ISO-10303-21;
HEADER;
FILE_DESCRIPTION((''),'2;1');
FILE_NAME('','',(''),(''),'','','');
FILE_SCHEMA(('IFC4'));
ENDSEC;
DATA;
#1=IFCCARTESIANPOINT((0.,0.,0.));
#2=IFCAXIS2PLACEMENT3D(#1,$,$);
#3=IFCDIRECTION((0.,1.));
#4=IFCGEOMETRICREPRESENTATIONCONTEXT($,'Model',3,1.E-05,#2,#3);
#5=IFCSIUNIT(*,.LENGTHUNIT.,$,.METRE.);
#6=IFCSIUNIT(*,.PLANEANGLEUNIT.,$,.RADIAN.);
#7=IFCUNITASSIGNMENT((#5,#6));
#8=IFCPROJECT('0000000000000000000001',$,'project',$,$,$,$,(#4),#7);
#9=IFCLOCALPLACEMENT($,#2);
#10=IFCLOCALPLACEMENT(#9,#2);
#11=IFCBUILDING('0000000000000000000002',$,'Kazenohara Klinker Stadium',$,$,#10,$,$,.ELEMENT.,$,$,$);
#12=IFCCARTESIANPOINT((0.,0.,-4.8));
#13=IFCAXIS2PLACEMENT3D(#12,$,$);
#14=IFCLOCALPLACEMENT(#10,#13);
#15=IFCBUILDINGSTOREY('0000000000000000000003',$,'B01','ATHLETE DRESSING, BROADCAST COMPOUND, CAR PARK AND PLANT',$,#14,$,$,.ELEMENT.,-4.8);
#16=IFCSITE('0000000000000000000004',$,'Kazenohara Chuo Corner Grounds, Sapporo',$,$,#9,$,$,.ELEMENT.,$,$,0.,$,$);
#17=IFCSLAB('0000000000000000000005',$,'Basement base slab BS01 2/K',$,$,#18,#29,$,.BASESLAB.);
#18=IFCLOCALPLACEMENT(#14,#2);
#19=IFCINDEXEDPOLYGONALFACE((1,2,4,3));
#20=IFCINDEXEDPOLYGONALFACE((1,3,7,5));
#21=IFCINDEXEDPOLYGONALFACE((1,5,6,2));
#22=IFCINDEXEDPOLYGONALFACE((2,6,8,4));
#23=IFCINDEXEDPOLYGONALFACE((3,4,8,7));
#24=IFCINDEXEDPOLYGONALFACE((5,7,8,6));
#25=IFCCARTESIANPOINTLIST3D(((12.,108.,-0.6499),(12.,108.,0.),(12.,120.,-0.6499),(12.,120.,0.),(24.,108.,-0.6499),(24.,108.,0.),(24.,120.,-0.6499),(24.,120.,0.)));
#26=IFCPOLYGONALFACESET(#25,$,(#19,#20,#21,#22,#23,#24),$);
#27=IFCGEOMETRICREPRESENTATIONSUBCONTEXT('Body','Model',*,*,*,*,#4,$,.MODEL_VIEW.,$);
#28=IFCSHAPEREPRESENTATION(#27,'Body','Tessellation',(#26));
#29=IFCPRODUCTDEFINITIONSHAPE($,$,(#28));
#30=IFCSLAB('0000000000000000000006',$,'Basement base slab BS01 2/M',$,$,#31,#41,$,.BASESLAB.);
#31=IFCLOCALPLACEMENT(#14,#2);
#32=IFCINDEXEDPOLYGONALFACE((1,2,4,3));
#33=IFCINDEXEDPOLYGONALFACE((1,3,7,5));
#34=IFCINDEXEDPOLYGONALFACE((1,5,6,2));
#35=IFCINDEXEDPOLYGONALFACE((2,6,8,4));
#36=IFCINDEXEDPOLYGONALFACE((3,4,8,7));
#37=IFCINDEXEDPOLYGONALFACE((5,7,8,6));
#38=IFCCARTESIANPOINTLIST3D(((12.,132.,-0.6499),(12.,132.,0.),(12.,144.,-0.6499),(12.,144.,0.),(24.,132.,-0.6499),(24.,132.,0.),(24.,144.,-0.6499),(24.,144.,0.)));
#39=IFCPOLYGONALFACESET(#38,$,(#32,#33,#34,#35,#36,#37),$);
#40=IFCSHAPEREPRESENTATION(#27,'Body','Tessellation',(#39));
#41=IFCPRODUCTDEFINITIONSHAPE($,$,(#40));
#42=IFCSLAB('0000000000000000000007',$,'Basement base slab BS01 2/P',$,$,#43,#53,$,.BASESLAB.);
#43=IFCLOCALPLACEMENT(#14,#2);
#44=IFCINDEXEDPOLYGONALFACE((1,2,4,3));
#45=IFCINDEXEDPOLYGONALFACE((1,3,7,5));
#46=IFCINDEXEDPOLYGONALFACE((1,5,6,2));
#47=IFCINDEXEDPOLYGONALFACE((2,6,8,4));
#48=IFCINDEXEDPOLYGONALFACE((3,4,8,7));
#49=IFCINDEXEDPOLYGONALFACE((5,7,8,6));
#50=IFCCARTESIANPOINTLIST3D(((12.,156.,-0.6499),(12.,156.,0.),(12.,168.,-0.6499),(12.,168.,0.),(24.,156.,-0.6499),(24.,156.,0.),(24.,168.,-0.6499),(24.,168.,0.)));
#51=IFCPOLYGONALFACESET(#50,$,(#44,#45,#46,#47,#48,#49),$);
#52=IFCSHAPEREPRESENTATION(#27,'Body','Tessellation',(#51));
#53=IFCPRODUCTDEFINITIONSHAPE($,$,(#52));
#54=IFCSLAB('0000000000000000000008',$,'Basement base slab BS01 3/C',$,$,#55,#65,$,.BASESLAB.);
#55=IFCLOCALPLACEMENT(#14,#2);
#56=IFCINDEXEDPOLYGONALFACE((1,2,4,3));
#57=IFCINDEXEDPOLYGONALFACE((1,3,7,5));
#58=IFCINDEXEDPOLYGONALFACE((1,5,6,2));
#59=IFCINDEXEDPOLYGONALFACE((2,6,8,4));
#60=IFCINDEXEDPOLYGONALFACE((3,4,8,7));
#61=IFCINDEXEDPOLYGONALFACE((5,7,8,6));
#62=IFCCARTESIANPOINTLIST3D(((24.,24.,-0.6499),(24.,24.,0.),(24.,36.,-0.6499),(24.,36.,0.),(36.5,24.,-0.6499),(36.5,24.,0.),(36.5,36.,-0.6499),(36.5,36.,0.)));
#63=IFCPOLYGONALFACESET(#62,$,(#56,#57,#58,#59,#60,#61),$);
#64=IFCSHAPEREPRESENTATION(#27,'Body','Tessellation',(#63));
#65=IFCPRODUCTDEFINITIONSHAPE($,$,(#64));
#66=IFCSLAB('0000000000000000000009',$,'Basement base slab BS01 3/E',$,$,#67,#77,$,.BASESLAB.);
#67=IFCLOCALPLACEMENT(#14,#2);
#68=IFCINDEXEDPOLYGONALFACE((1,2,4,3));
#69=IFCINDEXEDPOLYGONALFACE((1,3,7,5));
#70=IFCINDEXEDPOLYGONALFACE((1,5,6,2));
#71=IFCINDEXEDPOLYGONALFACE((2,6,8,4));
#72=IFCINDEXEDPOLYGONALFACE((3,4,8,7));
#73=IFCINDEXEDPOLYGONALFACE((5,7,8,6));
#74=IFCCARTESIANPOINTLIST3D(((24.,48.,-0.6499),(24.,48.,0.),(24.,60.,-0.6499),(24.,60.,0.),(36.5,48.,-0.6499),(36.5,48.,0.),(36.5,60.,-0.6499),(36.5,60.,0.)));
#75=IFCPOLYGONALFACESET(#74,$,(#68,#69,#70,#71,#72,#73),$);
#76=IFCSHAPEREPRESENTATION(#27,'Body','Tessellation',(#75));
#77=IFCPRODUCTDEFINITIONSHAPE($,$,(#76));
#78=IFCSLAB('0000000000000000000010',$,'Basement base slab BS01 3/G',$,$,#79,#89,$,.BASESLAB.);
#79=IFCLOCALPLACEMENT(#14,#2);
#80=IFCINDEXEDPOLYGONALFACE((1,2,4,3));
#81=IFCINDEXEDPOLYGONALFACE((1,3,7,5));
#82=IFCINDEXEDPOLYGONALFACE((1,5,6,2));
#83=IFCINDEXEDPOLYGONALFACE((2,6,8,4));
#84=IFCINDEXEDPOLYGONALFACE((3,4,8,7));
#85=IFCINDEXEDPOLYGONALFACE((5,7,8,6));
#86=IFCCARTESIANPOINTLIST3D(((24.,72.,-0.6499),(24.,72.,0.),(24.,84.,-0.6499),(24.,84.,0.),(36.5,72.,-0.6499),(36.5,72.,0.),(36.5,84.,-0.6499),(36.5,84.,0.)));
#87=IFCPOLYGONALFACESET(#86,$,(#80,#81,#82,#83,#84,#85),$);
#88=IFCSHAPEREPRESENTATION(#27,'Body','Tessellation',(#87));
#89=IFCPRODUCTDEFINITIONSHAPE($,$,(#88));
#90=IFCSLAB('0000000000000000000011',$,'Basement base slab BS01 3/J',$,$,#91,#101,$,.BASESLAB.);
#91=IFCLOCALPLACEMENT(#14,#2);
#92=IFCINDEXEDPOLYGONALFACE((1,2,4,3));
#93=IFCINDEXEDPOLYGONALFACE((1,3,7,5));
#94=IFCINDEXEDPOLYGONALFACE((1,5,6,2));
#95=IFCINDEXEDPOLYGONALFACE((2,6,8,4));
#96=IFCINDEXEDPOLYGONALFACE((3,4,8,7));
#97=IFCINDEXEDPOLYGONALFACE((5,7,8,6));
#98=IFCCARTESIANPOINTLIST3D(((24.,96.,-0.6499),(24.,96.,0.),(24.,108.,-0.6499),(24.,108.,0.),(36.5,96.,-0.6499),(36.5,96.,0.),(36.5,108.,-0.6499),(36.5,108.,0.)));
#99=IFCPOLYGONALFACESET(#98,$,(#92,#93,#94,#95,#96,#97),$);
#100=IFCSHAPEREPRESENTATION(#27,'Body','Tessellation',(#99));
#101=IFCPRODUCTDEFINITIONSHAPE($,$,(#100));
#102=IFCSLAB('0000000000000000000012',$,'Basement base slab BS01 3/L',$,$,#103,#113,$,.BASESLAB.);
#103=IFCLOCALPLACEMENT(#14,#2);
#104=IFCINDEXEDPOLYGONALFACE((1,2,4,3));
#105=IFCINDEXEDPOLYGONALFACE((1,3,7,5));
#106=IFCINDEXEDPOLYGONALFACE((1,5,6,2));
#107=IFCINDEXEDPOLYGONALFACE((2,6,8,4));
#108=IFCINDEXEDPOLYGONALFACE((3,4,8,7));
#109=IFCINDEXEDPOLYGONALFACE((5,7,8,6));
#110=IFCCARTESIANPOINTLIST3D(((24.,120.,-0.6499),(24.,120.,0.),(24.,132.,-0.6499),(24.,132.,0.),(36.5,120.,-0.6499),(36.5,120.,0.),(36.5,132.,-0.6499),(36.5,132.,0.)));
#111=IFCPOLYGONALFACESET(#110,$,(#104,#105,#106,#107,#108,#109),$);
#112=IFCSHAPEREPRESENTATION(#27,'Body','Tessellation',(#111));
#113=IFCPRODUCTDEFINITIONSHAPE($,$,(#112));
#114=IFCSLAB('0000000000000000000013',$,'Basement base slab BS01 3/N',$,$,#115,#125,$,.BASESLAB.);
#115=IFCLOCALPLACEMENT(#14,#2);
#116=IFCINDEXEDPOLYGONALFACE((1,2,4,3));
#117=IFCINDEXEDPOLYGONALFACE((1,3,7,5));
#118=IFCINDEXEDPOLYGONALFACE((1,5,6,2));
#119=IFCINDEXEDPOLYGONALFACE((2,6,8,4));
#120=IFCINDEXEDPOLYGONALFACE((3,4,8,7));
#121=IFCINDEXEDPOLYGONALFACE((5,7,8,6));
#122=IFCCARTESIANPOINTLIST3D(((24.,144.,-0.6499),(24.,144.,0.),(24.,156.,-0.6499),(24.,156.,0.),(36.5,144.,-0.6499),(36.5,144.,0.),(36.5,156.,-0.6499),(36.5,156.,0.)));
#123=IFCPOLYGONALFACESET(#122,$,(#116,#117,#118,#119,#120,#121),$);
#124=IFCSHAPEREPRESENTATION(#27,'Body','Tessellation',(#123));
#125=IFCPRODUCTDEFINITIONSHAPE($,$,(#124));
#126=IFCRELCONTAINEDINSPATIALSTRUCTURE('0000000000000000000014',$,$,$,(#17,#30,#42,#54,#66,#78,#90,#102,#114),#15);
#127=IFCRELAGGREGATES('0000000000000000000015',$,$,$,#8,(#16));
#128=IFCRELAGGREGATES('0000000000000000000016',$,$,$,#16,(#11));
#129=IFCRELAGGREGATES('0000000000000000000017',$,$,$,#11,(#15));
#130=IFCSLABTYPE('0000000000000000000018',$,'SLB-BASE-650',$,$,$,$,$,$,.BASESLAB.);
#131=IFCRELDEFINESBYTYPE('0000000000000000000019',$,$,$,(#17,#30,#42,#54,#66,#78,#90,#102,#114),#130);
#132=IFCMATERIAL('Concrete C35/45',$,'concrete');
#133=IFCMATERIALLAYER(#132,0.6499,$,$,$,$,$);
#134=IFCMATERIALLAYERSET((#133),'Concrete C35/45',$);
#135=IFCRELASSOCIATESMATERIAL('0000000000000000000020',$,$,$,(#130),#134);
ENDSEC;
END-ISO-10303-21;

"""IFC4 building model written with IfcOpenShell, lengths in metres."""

from ifc_helpers import new_model, si_unit, direction, frame, origin, place, context, subcontext, project, spatial, polyline, outline, extrude, material, layer, layer_set, type_object, element, save


model = new_model("IFC4")

# Units and contexts
model_context = context("Model", 3, precision=1e-05, world=origin(), true_north=direction((0.0, 1.0)))
body_context = subcontext(model_context, "Body", "Model", "MODEL_VIEW")
ifc_project = project(units=[si_unit("LENGTHUNIT", "METRE"), si_unit("PLANEANGLEUNIT", "RADIAN")], contexts=[model_context])

# Site, building, storey
site_placement = place(None, origin())
site = spatial("IfcSite", under=ifc_project, at=site_placement, Name="Kazenohara Chuo Corner Grounds, Sapporo", CompositionType="ELEMENT", RefElevation=0.0)
building_placement = place(site_placement, origin())
building = spatial("IfcBuilding", under=site, at=building_placement, Name="Kazenohara Klinker Stadium", CompositionType="ELEMENT")
storey_placement = place(building_placement, frame((0.0, 0.0, -4.8)))
storey = spatial("IfcBuildingStorey", under=building, at=storey_placement, Name="B01", Description="ATHLETE DRESSING, BROADCAST COMPOUND, CAR PARK AND PLANT", CompositionType="ELEMENT", Elevation=-4.8)

# Shared definitions
ifc_material_1 = material(Name="Concrete C35/45", Category="concrete")

# Slabs
ifc_layer_1 = layer(ifc_material_1, 0.6499)
ifc_layer_set_1 = layer_set([ifc_layer_1], Name="Concrete C35/45")
slab_type_1 = type_object("IfcSlabType", Name="SLB-BASE-650", PredefinedType="BASESLAB", material=ifc_layer_set_1)
slab_1_placement = place(storey_placement, frame((0.0, 0.0, -0.6499)))
element("IfcSlab", 1, at=slab_1_placement, inside=storey, type_object=slab_type_1, Name="Basement base slab BS01 2/K", PredefinedType="BASESLAB", context=body_context, shape_type="SweptSolid", body=[
    extrude(outline(polyline([(12.0, 108.0), (24.0, 108.0), (24.0, 120.0), (12.0, 120.0), (12.0, 108.0)])), origin(), (0.0, 0.0, 1.0), 0.6499),
])
slab_2_placement = place(storey_placement, frame((0.0, 0.0, -0.6499)))
element("IfcSlab", 2, at=slab_2_placement, inside=storey, type_object=slab_type_1, Name="Basement base slab BS01 2/M", PredefinedType="BASESLAB", context=body_context, shape_type="SweptSolid", body=[
    extrude(outline(polyline([(12.0, 132.0), (24.0, 132.0), (24.0, 144.0), (12.0, 144.0), (12.0, 132.0)])), origin(), (0.0, 0.0, 1.0), 0.6499),
])
slab_3_placement = place(storey_placement, frame((0.0, 0.0, -0.6499)))
element("IfcSlab", 3, at=slab_3_placement, inside=storey, type_object=slab_type_1, Name="Basement base slab BS01 2/P", PredefinedType="BASESLAB", context=body_context, shape_type="SweptSolid", body=[
    extrude(outline(polyline([(12.0, 156.0), (24.0, 156.0), (24.0, 168.0), (12.0, 168.0), (12.0, 156.0)])), origin(), (0.0, 0.0, 1.0), 0.6499),
])
slab_4_placement = place(storey_placement, frame((0.0, 0.0, -0.6499)))
element("IfcSlab", 4, at=slab_4_placement, inside=storey, type_object=slab_type_1, Name="Basement base slab BS01 3/C", PredefinedType="BASESLAB", context=body_context, shape_type="SweptSolid", body=[
    extrude(outline(polyline([(24.0, 24.0), (36.5, 24.0), (36.5, 36.0), (24.0, 36.0), (24.0, 24.0)])), origin(), (0.0, 0.0, 1.0), 0.6499),
])
slab_5_placement = place(storey_placement, frame((0.0, 0.0, -0.6499)))
element("IfcSlab", 5, at=slab_5_placement, inside=storey, type_object=slab_type_1, Name="Basement base slab BS01 3/E", PredefinedType="BASESLAB", context=body_context, shape_type="SweptSolid", body=[
    extrude(outline(polyline([(24.0, 48.0), (36.5, 48.0), (36.5, 60.0), (24.0, 60.0), (24.0, 48.0)])), origin(), (0.0, 0.0, 1.0), 0.6499),
])
slab_6_placement = place(storey_placement, frame((0.0, 0.0, -0.6499)))
element("IfcSlab", 6, at=slab_6_placement, inside=storey, type_object=slab_type_1, Name="Basement base slab BS01 3/G", PredefinedType="BASESLAB", context=body_context, shape_type="SweptSolid", body=[
    extrude(outline(polyline([(24.0, 72.0), (36.5, 72.0), (36.5, 84.0), (24.0, 84.0), (24.0, 72.0)])), origin(), (0.0, 0.0, 1.0), 0.6499),
])
slab_7_placement = place(storey_placement, frame((0.0, 0.0, -0.6499)))
element("IfcSlab", 7, at=slab_7_placement, inside=storey, type_object=slab_type_1, Name="Basement base slab BS01 3/J", PredefinedType="BASESLAB", context=body_context, shape_type="SweptSolid", body=[
    extrude(outline(polyline([(24.0, 96.0), (36.5, 96.0), (36.5, 108.0), (24.0, 108.0), (24.0, 96.0)])), origin(), (0.0, 0.0, 1.0), 0.6499),
])
slab_8_placement = place(storey_placement, frame((0.0, 0.0, -0.6499)))
element("IfcSlab", 8, at=slab_8_placement, inside=storey, type_object=slab_type_1, Name="Basement base slab BS01 3/L", PredefinedType="BASESLAB", context=body_context, shape_type="SweptSolid", body=[
    extrude(outline(polyline([(24.0, 120.0), (36.5, 120.0), (36.5, 132.0), (24.0, 132.0), (24.0, 120.0)])), origin(), (0.0, 0.0, 1.0), 0.6499),
])
slab_9_placement = place(storey_placement, frame((0.0, 0.0, -0.6499)))
element("IfcSlab", 9, at=slab_9_placement, inside=storey, type_object=slab_type_1, Name="Basement base slab BS01 3/N", PredefinedType="BASESLAB", context=body_context, shape_type="SweptSolid", body=[
    extrude(outline(polyline([(24.0, 144.0), (36.5, 144.0), (36.5, 156.0), (24.0, 156.0), (24.0, 144.0)])), origin(), (0.0, 0.0, 1.0), 0.6499),
])

save(model, "model.ifc")
